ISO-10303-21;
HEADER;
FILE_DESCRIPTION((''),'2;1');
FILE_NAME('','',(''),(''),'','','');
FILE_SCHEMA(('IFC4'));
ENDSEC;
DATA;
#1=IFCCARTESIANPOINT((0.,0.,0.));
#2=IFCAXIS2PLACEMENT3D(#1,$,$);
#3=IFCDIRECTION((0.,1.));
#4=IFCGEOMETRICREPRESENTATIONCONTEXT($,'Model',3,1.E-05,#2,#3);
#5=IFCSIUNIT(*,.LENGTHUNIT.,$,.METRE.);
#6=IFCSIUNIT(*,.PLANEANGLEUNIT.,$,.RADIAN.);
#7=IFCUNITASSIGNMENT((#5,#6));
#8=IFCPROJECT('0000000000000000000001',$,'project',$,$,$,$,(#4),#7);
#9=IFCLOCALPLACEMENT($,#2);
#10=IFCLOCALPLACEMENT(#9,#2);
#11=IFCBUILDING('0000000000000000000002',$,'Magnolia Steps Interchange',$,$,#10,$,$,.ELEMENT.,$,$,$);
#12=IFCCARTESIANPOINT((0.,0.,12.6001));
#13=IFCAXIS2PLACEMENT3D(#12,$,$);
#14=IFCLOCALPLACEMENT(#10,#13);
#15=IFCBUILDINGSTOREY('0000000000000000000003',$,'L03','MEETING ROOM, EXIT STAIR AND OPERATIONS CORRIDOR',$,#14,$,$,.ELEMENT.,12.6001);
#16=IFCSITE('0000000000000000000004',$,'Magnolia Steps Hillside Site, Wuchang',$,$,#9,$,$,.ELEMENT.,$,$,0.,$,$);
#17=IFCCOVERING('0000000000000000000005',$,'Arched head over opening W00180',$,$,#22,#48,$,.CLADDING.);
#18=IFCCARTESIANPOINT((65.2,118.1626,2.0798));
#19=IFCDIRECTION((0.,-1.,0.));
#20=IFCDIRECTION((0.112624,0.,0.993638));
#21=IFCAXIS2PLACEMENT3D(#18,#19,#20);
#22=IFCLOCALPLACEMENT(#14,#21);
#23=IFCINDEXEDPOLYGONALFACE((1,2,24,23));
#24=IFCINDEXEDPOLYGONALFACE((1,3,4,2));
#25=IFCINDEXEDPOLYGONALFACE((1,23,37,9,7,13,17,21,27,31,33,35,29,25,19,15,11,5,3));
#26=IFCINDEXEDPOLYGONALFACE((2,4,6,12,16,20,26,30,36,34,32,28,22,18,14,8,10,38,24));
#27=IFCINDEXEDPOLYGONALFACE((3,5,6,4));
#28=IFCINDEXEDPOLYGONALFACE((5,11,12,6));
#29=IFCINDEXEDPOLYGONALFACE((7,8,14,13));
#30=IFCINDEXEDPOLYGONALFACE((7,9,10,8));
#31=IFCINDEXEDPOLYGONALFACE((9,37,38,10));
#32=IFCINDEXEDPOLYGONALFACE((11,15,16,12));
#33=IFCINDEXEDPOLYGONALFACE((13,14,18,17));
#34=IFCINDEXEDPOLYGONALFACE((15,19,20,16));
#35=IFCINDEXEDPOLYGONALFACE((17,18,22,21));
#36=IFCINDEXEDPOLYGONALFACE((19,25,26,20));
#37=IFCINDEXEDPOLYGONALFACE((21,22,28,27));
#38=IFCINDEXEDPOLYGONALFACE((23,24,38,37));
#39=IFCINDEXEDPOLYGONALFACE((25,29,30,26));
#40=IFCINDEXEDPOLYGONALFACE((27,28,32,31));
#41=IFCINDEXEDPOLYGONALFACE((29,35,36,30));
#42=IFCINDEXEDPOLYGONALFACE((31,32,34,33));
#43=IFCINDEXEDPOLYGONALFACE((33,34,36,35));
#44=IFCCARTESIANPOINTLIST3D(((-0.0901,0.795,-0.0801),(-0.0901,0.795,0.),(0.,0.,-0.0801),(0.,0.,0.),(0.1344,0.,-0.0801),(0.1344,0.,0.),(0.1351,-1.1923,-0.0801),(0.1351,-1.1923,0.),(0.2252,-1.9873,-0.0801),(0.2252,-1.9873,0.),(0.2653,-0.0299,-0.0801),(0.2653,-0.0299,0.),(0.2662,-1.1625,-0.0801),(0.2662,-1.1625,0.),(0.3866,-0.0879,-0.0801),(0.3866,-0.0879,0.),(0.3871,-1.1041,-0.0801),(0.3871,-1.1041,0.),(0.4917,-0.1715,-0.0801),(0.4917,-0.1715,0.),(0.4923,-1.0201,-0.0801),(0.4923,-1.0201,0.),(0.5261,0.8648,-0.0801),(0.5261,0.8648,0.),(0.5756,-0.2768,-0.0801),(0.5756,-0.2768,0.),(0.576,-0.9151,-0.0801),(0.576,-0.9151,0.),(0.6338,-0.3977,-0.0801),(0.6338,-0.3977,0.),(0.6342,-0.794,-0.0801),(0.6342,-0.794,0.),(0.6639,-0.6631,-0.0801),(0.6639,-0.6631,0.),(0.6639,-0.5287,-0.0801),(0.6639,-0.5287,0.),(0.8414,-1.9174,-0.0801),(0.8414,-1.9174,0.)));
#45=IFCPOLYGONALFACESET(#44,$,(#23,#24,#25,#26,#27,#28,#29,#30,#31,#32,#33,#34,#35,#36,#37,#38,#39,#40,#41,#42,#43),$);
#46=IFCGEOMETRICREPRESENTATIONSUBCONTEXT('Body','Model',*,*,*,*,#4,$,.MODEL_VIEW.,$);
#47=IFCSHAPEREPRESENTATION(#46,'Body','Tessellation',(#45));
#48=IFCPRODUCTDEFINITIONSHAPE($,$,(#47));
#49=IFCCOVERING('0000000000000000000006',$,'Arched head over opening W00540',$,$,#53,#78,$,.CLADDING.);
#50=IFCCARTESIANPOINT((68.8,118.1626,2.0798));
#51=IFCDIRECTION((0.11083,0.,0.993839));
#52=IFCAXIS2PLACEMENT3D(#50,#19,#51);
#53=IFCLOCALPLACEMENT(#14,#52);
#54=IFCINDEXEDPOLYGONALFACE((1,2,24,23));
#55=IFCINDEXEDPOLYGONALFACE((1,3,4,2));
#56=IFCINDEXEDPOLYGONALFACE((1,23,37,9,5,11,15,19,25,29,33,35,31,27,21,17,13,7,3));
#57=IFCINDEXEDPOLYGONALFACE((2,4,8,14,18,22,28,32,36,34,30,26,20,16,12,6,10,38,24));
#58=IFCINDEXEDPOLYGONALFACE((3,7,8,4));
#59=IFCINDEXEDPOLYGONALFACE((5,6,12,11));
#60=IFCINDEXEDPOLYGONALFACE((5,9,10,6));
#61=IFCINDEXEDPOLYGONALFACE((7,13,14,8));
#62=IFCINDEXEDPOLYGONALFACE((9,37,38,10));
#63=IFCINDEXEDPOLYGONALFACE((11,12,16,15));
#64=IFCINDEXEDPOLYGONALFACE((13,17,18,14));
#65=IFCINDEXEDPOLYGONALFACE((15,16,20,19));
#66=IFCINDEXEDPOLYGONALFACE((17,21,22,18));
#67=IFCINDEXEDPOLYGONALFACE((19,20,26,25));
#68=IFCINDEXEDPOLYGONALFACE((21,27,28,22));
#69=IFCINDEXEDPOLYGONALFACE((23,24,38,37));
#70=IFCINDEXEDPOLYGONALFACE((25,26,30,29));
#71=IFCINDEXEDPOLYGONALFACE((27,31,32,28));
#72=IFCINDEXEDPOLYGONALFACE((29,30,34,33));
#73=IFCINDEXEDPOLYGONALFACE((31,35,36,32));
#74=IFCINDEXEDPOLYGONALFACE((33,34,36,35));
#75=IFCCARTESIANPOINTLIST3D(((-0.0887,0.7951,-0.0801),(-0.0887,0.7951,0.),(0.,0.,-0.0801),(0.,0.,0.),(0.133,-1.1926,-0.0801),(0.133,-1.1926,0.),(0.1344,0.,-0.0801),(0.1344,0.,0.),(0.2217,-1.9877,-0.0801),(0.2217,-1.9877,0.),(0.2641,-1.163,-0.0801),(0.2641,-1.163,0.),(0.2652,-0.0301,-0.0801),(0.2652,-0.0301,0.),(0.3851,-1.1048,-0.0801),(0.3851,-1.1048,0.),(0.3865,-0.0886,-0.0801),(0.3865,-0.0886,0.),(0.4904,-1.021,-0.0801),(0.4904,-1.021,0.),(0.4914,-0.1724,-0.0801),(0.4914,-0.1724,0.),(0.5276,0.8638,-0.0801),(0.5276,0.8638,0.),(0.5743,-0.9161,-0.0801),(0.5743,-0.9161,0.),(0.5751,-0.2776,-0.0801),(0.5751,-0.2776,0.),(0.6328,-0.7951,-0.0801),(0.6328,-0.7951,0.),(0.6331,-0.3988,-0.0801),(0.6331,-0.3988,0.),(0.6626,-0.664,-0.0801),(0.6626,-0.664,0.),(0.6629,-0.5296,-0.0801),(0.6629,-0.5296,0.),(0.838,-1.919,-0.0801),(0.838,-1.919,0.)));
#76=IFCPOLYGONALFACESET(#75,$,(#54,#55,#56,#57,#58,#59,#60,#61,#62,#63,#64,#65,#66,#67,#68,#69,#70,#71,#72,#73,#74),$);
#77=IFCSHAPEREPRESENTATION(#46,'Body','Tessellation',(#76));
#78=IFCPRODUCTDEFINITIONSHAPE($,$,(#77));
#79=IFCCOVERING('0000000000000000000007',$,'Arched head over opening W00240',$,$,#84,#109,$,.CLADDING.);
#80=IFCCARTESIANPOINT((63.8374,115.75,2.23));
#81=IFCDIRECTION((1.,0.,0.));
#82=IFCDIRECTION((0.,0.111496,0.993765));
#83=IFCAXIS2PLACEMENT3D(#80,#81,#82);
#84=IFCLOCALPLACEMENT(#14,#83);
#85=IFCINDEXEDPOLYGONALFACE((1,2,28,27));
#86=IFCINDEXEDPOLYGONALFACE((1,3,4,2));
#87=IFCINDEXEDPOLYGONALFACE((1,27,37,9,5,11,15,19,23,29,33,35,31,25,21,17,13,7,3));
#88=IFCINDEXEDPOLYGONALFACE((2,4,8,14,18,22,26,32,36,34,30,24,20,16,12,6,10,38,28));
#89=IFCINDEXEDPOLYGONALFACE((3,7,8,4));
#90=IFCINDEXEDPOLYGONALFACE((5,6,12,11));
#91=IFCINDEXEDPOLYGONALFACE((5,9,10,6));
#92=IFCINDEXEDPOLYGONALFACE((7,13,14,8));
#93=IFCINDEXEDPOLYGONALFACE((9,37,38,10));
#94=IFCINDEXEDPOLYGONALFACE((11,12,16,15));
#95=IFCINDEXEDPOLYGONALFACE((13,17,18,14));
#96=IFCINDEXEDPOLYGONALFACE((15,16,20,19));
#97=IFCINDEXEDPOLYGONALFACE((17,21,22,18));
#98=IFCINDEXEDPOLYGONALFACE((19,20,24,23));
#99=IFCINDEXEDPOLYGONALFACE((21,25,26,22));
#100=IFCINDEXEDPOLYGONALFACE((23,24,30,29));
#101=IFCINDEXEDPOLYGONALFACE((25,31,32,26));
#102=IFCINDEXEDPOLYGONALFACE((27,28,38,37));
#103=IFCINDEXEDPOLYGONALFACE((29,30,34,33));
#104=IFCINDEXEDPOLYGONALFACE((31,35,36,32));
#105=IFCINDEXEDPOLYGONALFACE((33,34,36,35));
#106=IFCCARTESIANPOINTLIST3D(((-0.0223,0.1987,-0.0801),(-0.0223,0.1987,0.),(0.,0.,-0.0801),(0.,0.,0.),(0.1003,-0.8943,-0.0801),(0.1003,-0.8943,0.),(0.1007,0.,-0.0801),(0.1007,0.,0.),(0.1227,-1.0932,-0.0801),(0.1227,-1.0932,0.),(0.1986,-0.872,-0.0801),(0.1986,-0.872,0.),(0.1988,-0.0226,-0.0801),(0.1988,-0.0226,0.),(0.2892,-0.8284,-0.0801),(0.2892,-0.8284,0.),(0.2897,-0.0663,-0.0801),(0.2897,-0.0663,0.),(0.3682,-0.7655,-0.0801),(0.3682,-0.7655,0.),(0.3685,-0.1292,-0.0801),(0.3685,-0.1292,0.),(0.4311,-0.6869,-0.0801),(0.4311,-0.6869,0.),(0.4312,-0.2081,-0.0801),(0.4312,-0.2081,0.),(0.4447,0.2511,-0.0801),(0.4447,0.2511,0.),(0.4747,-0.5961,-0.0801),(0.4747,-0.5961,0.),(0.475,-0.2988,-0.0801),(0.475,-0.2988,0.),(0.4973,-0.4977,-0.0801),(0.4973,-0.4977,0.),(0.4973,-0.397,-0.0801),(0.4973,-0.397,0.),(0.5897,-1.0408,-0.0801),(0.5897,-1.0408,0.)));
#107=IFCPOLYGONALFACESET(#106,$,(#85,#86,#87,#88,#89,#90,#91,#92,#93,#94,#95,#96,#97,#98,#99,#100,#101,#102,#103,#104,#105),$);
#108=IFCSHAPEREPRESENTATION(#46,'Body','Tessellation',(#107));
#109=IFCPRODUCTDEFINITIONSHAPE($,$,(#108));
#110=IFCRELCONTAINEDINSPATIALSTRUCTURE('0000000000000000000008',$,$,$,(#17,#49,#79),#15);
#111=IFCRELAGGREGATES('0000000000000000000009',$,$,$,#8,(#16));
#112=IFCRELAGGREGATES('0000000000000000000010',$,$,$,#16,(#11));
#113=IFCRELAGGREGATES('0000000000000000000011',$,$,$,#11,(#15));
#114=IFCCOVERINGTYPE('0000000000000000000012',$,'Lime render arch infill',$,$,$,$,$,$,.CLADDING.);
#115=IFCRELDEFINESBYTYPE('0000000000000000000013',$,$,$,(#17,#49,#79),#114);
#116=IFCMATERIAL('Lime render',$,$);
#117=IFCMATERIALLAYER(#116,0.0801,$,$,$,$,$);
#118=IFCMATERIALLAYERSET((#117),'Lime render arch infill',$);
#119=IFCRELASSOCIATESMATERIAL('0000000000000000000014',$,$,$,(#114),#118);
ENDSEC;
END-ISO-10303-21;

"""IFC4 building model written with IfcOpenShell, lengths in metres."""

from ifc_helpers import new_model, si_unit, direction, frame, origin, place, context, subcontext, project, spatial, polyline, outline, extrude, material, layer, layer_set, type_object, element, save


model = new_model("IFC4")

# Units and contexts
model_context = context("Model", 3, precision=1e-05, world=origin(), true_north=direction((0.0, 1.0)))
body_context = subcontext(model_context, "Body", "Model", "MODEL_VIEW")
ifc_project = project(units=[si_unit("LENGTHUNIT", "METRE"), si_unit("PLANEANGLEUNIT", "RADIAN")], contexts=[model_context])

# Site, building, storey
site_placement = place(None, origin())
site = spatial("IfcSite", under=ifc_project, at=site_placement, Name="Magnolia Steps Hillside Site, Wuchang", CompositionType="ELEMENT", RefElevation=0.0)
building_placement = place(site_placement, origin())
building = spatial("IfcBuilding", under=site, at=building_placement, Name="Magnolia Steps Interchange", CompositionType="ELEMENT")
storey_placement = place(building_placement, frame((0.0, 0.0, 12.6001)))
storey = spatial("IfcBuildingStorey", under=building, at=storey_placement, Name="L03", Description="MEETING ROOM, EXIT STAIR AND OPERATIONS CORRIDOR", CompositionType="ELEMENT", Elevation=12.6001)

# Coverings
ifc_material_1 = material(Name="Lime render")
ifc_layer_1 = layer(ifc_material_1, 0.0801)
ifc_layer_set_1 = layer_set([ifc_layer_1], Name="Lime render arch infill")
covering_type_1 = type_object("IfcCoveringType", Name="Lime render arch infill", PredefinedType="CLADDING", material=ifc_layer_set_1)
covering_1_placement = place(storey_placement, frame((65.2, 118.1626, 2.0798), z_axis=(0.0, -1.0, 0.0), x_axis=(0.112624, 0.0, 0.993638)))
element("IfcCovering", 1, at=covering_1_placement, inside=storey, type_object=covering_type_1, Name="Arched head over opening W00180", PredefinedType="CLADDING", context=body_context, shape_type="SweptSolid", body=[
    extrude(outline(polyline([(0.0, 0.0), (0.1344, 0.0), (0.2653, -0.0299), (0.3866, -0.0879), (0.4917, -0.1715), (0.5756, -0.2768), (0.6338, -0.3977), (0.6639, -0.5287), (0.6639, -0.6631), (0.6342, -0.794), (0.576, -0.9151), (0.4923, -1.0201), (0.3871, -1.1041), (0.2662, -1.1625), (0.1351, -1.1923), (0.2252, -1.9873), (0.8414, -1.9174), (0.5261, 0.8648), (-0.0901, 0.795), (0.0, 0.0)])), origin(), (0.0, 0.0, -1.0), 0.0801),
])
covering_2_placement = place(storey_placement, frame((68.8, 118.1626, 2.0798), z_axis=(0.0, -1.0, 0.0), x_axis=(0.11083, 0.0, 0.993839)))
element("IfcCovering", 2, at=covering_2_placement, inside=storey, type_object=covering_type_1, Name="Arched head over opening W00540", PredefinedType="CLADDING", context=body_context, shape_type="SweptSolid", body=[
    extrude(outline(polyline([(0.0, 0.0), (0.1344, 0.0), (0.2652, -0.0301), (0.3865, -0.0886), (0.4914, -0.1724), (0.5751, -0.2776), (0.6331, -0.3988), (0.6629, -0.5296), (0.6626, -0.664), (0.6328, -0.7951), (0.5743, -0.9161), (0.4904, -1.021), (0.3851, -1.1048), (0.2641, -1.163), (0.133, -1.1926), (0.2217, -1.9877), (0.838, -1.919), (0.5276, 0.8638), (-0.0887, 0.7951), (0.0, 0.0)])), origin(), (0.0, 0.0, -1.0), 0.0801),
])
covering_3_placement = place(storey_placement, frame((63.8374, 115.75, 2.23), z_axis=(1.0, 0.0, 0.0), x_axis=(0.0, 0.111496, 0.993765)))
element("IfcCovering", 3, at=covering_3_placement, inside=storey, type_object=covering_type_1, Name="Arched head over opening W00240", PredefinedType="CLADDING", context=body_context, shape_type="SweptSolid", body=[
    extrude(outline(polyline([(0.0, 0.0), (0.1007, 0.0), (0.1988, -0.0226), (0.2897, -0.0663), (0.3685, -0.1292), (0.4312, -0.2081), (0.475, -0.2988), (0.4973, -0.397), (0.4973, -0.4977), (0.4747, -0.5961), (0.4311, -0.6869), (0.3682, -0.7655), (0.2892, -0.8284), (0.1986, -0.872), (0.1003, -0.8943), (0.1227, -1.0932), (0.5897, -1.0408), (0.4447, 0.2511), (-0.0223, 0.1987), (0.0, 0.0)])), origin(), (0.0, 0.0, -1.0), 0.0801),
])

save(model, "model.ifc")
